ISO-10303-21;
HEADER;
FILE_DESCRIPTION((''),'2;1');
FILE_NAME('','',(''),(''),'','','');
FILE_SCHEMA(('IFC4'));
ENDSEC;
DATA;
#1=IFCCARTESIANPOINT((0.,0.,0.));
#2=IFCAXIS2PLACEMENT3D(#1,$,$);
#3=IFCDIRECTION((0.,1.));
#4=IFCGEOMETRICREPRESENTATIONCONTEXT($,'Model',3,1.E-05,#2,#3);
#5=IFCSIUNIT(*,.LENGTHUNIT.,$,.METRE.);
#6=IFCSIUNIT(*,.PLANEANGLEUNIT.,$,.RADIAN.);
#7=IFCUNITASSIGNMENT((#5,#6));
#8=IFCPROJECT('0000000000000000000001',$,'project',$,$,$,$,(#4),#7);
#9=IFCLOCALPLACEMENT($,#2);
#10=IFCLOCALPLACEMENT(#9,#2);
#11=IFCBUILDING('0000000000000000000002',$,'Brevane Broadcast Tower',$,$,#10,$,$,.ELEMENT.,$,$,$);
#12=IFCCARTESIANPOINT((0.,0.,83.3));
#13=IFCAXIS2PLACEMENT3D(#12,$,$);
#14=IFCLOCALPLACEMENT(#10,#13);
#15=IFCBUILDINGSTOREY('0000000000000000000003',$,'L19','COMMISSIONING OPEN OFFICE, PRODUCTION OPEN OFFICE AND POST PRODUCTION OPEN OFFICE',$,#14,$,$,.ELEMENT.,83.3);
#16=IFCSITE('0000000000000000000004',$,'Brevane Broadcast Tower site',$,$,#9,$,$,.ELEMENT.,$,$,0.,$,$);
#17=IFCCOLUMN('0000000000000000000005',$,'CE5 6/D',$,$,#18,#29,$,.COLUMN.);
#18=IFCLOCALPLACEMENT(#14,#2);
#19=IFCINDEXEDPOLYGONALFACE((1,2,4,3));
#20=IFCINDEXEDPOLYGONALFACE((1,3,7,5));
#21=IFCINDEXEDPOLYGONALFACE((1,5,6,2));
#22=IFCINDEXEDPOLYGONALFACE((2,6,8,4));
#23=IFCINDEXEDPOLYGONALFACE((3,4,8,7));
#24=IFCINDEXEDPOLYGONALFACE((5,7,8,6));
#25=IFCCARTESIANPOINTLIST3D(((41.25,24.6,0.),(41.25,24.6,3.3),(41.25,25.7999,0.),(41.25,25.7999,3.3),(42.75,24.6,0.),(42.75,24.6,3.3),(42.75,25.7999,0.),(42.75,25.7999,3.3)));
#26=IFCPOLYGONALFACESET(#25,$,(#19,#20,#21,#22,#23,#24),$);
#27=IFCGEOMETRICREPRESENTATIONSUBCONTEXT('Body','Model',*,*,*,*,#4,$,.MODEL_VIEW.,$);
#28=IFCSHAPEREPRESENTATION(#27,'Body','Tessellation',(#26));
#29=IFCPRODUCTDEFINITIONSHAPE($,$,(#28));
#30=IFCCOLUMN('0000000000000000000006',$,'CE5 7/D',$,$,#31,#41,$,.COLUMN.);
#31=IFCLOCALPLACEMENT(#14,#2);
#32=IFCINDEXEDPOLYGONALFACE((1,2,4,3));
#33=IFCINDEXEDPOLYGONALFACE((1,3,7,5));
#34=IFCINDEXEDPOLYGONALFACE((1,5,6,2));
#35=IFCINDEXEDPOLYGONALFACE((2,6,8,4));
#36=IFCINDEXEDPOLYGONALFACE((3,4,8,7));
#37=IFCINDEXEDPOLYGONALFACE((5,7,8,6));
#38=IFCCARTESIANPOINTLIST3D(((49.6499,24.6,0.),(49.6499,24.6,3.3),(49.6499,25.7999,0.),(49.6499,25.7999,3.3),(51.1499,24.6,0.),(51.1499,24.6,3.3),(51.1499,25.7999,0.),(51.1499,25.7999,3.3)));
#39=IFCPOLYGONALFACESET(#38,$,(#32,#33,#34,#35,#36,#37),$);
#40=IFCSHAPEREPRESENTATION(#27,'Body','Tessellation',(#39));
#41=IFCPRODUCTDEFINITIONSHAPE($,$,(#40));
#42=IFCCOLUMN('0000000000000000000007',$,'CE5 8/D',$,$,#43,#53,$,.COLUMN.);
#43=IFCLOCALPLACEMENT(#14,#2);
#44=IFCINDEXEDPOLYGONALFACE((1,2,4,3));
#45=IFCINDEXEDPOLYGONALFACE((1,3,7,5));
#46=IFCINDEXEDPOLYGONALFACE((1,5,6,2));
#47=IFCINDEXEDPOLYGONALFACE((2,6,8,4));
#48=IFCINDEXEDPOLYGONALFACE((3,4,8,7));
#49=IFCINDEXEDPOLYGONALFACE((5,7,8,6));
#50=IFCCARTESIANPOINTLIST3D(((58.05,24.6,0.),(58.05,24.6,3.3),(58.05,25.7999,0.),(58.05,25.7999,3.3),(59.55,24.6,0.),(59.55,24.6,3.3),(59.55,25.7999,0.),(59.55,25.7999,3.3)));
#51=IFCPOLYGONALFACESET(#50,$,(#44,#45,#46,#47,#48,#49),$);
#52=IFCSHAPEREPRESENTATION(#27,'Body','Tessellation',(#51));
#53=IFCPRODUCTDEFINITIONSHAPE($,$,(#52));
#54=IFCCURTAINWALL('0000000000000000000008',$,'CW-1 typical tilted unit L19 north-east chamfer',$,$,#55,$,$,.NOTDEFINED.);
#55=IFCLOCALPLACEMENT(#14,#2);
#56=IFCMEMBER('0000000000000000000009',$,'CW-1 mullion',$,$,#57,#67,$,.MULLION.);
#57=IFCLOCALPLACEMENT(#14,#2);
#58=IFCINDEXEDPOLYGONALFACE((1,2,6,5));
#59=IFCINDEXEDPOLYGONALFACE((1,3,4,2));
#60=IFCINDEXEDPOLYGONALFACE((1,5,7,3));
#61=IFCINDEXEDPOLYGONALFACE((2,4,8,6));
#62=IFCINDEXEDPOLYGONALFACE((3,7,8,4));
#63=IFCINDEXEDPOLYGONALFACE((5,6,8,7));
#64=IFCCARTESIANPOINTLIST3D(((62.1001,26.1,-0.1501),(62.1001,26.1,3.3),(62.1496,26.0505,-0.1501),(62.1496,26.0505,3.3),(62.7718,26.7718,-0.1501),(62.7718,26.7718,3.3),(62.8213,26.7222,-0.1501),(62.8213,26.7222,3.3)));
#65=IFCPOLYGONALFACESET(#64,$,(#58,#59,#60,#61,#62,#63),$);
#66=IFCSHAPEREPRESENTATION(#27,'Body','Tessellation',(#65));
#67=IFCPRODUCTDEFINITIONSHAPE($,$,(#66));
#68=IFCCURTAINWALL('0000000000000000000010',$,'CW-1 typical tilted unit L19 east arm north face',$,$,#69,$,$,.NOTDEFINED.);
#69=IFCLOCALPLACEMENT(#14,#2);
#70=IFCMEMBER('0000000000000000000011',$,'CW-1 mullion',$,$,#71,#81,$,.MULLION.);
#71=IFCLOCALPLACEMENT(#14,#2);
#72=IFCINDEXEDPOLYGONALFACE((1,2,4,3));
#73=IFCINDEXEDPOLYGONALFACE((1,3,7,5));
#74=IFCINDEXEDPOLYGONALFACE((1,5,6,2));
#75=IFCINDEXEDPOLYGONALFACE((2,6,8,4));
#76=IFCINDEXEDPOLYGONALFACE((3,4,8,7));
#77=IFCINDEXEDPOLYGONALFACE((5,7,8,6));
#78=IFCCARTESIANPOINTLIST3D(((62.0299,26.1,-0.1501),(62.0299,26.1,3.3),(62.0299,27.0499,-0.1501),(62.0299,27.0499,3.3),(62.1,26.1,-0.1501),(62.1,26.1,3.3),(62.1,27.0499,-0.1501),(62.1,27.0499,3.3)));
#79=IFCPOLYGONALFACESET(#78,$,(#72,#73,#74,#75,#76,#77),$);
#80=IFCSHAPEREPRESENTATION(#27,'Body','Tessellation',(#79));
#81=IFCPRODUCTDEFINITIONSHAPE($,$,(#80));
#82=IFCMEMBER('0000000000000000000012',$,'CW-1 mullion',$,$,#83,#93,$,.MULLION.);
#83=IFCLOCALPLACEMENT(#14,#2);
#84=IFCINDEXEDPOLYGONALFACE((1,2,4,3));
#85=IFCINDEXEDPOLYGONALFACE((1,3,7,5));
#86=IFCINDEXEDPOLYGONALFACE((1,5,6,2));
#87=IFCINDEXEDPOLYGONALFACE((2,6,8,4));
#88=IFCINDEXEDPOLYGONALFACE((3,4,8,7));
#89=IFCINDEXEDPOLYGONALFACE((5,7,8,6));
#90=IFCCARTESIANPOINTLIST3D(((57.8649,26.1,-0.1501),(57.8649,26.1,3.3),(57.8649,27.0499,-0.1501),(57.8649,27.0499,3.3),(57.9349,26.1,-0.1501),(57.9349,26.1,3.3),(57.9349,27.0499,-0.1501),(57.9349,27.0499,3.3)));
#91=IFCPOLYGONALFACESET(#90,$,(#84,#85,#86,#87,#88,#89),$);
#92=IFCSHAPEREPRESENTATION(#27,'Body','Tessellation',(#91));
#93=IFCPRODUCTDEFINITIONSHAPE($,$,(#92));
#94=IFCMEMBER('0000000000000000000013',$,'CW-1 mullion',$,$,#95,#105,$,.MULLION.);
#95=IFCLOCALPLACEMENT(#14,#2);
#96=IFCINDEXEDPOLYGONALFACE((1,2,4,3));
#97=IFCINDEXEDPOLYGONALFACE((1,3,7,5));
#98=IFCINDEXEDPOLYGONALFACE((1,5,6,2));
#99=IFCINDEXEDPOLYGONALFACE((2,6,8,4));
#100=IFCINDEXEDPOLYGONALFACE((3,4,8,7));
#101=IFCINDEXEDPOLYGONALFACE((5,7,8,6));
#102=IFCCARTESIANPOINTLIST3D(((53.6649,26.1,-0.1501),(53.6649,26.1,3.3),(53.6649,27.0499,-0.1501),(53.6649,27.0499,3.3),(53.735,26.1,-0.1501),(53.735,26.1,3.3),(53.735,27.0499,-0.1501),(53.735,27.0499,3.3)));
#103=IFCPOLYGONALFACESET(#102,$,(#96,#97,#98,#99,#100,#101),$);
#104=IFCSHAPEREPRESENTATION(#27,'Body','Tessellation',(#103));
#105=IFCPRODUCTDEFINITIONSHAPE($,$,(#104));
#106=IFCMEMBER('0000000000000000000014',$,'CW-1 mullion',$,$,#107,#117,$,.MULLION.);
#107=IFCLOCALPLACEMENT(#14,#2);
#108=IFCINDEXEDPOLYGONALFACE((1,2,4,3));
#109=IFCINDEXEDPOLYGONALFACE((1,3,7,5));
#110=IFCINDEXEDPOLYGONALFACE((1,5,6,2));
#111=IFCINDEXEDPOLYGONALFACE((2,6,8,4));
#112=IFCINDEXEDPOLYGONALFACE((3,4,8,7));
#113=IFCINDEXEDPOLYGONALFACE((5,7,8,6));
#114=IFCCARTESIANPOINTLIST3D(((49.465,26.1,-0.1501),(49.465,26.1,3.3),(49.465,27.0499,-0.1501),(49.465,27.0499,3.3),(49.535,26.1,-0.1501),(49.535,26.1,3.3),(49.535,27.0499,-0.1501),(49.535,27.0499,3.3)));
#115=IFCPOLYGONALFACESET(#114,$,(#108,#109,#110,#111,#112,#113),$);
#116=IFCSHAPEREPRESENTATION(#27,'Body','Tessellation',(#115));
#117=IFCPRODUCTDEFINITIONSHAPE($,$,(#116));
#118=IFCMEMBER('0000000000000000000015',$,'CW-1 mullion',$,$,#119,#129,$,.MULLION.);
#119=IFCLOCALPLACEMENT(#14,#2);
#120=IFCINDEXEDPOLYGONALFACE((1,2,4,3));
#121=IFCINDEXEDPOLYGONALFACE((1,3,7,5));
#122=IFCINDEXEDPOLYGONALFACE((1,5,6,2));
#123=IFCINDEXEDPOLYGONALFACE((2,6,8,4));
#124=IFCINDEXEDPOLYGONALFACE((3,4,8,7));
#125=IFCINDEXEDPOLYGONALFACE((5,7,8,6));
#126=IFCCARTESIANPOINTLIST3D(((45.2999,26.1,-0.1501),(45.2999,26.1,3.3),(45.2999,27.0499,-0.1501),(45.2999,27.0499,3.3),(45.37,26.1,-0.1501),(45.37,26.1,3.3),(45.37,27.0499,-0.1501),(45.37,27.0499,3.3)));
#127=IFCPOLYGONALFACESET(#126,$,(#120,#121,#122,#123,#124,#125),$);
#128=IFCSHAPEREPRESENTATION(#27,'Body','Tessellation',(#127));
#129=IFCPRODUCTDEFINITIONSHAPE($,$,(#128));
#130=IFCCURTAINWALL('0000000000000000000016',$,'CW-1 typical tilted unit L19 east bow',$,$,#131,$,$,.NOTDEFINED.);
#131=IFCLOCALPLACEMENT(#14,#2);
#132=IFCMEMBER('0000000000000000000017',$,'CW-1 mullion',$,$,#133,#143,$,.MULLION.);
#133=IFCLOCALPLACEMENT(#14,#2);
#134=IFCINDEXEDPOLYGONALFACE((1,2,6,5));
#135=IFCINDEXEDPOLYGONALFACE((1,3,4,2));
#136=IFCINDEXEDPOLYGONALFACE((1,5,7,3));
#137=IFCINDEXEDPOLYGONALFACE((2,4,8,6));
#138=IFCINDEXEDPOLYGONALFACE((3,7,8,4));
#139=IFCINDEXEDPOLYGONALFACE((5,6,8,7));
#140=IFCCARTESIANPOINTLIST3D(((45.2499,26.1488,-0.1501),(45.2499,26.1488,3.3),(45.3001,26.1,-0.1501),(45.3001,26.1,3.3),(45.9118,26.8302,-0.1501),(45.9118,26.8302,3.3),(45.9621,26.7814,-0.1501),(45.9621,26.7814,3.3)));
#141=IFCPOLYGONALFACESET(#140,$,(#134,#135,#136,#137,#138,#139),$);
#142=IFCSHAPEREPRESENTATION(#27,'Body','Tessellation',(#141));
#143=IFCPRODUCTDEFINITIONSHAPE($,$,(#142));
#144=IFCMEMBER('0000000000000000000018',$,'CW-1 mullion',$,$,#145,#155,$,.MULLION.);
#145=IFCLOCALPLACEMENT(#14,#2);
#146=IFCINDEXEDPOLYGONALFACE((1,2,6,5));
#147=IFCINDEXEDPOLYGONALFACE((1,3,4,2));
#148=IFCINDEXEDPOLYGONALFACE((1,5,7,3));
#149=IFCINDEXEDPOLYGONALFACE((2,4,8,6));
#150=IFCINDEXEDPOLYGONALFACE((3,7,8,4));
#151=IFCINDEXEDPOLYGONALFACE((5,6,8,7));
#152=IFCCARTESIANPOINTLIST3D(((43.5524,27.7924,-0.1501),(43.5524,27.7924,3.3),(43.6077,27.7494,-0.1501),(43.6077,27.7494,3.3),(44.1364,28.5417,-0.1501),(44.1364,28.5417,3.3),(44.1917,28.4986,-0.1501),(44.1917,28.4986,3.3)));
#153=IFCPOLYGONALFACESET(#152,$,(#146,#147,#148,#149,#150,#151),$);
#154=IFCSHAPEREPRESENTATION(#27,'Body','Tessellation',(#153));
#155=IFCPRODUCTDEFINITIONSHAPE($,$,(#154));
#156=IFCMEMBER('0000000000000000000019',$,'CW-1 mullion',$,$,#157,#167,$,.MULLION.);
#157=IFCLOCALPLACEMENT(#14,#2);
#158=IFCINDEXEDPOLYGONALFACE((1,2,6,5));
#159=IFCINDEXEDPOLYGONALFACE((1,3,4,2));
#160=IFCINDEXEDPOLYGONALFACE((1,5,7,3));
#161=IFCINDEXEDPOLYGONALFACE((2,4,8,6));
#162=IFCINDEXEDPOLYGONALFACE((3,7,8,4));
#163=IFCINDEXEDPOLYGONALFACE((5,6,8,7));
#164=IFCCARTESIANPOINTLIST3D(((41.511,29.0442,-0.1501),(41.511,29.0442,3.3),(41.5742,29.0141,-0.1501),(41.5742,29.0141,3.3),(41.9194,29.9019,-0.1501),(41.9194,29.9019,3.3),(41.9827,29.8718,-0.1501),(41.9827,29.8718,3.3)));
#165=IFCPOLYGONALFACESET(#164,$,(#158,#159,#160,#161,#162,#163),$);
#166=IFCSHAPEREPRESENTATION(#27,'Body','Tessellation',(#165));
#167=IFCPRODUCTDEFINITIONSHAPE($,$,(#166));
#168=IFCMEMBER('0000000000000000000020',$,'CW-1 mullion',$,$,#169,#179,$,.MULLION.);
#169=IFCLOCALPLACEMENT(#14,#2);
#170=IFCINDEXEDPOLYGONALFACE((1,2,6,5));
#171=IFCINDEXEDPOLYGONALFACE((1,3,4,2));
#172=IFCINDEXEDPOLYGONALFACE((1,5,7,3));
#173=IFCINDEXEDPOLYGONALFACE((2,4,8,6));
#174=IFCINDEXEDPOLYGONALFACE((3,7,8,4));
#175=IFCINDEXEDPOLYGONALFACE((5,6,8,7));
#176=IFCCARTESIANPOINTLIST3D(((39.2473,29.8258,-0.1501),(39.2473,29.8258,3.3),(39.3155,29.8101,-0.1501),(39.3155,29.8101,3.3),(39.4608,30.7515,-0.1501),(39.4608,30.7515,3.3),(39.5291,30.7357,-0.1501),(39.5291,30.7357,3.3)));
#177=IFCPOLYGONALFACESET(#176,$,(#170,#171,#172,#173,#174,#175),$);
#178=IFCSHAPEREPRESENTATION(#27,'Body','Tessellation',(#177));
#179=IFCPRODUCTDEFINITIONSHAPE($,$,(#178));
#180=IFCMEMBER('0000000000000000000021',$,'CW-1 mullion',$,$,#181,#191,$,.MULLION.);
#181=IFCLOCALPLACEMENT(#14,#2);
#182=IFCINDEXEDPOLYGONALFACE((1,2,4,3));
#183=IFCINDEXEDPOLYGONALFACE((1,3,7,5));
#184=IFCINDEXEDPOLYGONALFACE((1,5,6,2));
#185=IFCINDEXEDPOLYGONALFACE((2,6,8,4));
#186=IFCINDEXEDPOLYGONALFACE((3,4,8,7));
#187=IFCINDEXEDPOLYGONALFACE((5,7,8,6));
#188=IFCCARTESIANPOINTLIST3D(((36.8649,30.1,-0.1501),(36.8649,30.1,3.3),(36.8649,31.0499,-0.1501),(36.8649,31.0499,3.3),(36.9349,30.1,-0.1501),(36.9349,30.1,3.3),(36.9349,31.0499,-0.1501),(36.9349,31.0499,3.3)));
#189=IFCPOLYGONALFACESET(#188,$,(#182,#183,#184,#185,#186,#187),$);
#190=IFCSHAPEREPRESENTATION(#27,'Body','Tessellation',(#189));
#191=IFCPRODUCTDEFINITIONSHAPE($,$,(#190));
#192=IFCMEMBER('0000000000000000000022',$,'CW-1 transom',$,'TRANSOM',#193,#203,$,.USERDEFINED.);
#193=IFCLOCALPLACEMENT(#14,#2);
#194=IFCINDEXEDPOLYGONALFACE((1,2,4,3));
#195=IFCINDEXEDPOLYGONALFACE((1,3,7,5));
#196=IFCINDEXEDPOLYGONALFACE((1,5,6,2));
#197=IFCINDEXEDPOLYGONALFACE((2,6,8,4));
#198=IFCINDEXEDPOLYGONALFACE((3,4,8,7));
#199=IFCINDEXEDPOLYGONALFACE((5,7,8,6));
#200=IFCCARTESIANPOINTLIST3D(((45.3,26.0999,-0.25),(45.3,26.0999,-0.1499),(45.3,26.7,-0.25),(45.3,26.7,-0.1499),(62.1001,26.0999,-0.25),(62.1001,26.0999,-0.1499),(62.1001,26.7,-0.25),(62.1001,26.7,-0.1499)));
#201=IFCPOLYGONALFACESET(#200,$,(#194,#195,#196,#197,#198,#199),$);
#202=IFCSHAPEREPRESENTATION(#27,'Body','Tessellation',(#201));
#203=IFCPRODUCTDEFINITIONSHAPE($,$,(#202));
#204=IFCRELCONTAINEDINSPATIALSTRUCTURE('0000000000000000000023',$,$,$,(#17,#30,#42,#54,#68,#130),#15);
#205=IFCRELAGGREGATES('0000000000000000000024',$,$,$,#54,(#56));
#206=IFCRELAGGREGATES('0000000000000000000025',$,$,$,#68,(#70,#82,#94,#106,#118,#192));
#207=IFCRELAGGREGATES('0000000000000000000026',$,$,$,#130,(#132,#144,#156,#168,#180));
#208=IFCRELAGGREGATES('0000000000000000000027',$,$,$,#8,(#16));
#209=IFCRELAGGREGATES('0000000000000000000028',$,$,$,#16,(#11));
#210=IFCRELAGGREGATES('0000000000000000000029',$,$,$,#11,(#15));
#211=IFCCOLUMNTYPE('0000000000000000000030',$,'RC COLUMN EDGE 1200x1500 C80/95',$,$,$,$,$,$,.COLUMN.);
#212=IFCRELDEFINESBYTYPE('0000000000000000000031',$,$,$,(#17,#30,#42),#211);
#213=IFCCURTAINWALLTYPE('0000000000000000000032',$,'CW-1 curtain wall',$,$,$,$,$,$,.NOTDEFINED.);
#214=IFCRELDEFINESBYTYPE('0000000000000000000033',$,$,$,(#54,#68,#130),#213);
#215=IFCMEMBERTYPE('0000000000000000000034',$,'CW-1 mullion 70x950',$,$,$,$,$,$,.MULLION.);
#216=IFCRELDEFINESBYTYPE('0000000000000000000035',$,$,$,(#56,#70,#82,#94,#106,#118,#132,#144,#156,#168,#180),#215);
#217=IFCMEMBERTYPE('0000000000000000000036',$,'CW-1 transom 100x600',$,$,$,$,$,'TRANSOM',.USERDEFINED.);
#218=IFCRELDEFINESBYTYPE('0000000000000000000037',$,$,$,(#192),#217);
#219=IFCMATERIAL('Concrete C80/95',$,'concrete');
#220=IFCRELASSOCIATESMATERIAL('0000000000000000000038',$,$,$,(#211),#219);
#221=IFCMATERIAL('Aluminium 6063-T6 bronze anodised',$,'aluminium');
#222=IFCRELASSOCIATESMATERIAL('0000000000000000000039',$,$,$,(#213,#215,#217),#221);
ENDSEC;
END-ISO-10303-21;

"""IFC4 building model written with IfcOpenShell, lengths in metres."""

from ifc_helpers import new_model, si_unit, direction, frame, origin, origin_2d, place, context, subcontext, project, spatial, rectangle, extrude, material, material_profile, profile_set, type_object, element, aggregate, save


model = new_model("IFC4")

# Units and contexts
model_context = context("Model", 3, precision=1e-05, world=origin(), true_north=direction((0.0, 1.0)))
body_context = subcontext(model_context, "Body", "Model", "MODEL_VIEW")
ifc_project = project(units=[si_unit("LENGTHUNIT", "METRE"), si_unit("PLANEANGLEUNIT", "RADIAN")], contexts=[model_context])

# Site, building, storey
site_placement = place(None, origin())
site = spatial("IfcSite", under=ifc_project, at=site_placement, Name="Brevane Broadcast Tower site", CompositionType="ELEMENT", RefElevation=0.0)
building_placement = place(site_placement, origin())
building = spatial("IfcBuilding", under=site, at=building_placement, Name="Brevane Broadcast Tower", CompositionType="ELEMENT")
storey_placement = place(building_placement, frame((0.0, 0.0, 83.3)))
storey = spatial("IfcBuildingStorey", under=building, at=storey_placement, Name="L19", Description="COMMISSIONING OPEN OFFICE, PRODUCTION OPEN OFFICE AND POST PRODUCTION OPEN OFFICE", CompositionType="ELEMENT", Elevation=83.3)

# Columns
ifc_material_1 = material(Name="Concrete C80/95", Category="concrete")
ifc_material_profile_1 = material_profile(ifc_material_1, rectangle(XDim=1.2, YDim=1.5, at=origin_2d()), Name="RC 1200x1500")
ifc_profile_set_1 = profile_set([ifc_material_profile_1], Name="Concrete C80/95")
column_type = type_object("IfcColumnType", Name="RC COLUMN EDGE 1200x1500 C80/95", PredefinedType="COLUMN", material=ifc_profile_set_1)
for number, where, z_axis, x_axis, name in (
    (1, (42.0, 25.2, 0.0), (0.0, 0.0, 1.0), (0.0, 1.0, 0.0), "CE5 6/D"),
    (2, (50.3999, 25.2, 0.0), (0.0, 0.0, 1.0), (0.0, 1.0, 0.0), "CE5 7/D"),
    (3, (58.8, 25.2, 0.0), (0.0, 0.0, 1.0), (0.0, 1.0, 0.0), "CE5 8/D"),
):
    element("IfcColumn", number, at=place(storey_placement, frame(where, z_axis=z_axis, x_axis=x_axis)), inside=storey, type_object=column_type, Name=name, PredefinedType="COLUMN", context=body_context, shape_type="SweptSolid", body=[
        extrude(rectangle(XDim=1.2, YDim=1.5, at=origin_2d()), origin(), (0.0, 0.0, 1.0), 3.3),
    ])

# Curtain wall, member
ifc_material_2 = material(Name="Aluminium 6063-T6 bronze anodised", Category="aluminium")
curtain_wall_type = type_object("IfcCurtainWallType", Name="CW-1 curtain wall", PredefinedType="NOTDEFINED", material=ifc_material_2)
curtain_wall_1_placement = place(storey_placement, origin())
curtain_wall_1 = element("IfcCurtainWall", 4, at=curtain_wall_1_placement, inside=storey, type_object=curtain_wall_type, Name="CW-1 typical tilted unit L19 north-east chamfer", PredefinedType="NOTDEFINED")
ifc_material_profile_2 = material_profile(ifc_material_2, rectangle(XDim=0.95, YDim=0.0701, at=origin_2d()), Name="RECT 70x950")
ifc_profile_set_2 = profile_set([ifc_material_profile_2], Name="Aluminium 6063-T6 bronze anodised")
member_type_1 = type_object("IfcMemberType", Name="CW-1 mullion 70x950", PredefinedType="MULLION", material=ifc_profile_set_2)
member_1_placement = place(storey_placement, frame((62.4607, 26.4111, -0.1501), z_axis=(0.0, 0.0, 1.0), x_axis=(-0.707107, -0.707107, 0.0)))
member_1 = element("IfcMember", 5, at=member_1_placement, type_object=member_type_1, Name="CW-1 mullion", PredefinedType="MULLION", context=body_context, shape_type="SweptSolid", body=[
    extrude(rectangle(XDim=0.95, YDim=0.0701, at=origin_2d()), origin(), (0.0, 0.0, 1.0), 3.4502),
])
aggregate(curtain_wall_1, [member_1])

# Curtain walls, members
curtain_wall_2_placement = place(storey_placement, origin())
curtain_wall_2 = element("IfcCurtainWall", 6, at=curtain_wall_2_placement, inside=storey, type_object=curtain_wall_type, Name="CW-1 typical tilted unit L19 east arm north face", PredefinedType="NOTDEFINED")
member_2_placement = place(storey_placement, frame((62.0649, 26.575, -0.1501), z_axis=(0.0, 0.0, 1.0), x_axis=(0.0, -1.0, 0.0)))
member_2 = element("IfcMember", 7, at=member_2_placement, type_object=member_type_1, Name="CW-1 mullion", PredefinedType="MULLION", context=body_context, shape_type="SweptSolid", body=[
    extrude(rectangle(XDim=0.95, YDim=0.0701, at=origin_2d()), origin(), (0.0, 0.0, 1.0), 3.4502),
])
member_3_placement = place(storey_placement, frame((57.8999, 26.575, -0.1501), z_axis=(0.0, 0.0, 1.0), x_axis=(0.0, -1.0, 0.0)))
member_3 = element("IfcMember", 8, at=member_3_placement, type_object=member_type_1, Name="CW-1 mullion", PredefinedType="MULLION", context=body_context, shape_type="SweptSolid", body=[
    extrude(rectangle(XDim=0.95, YDim=0.0701, at=origin_2d()), origin(), (0.0, 0.0, 1.0), 3.4502),
])
member_4_placement = place(storey_placement, frame((53.7, 26.575, -0.1501), z_axis=(0.0, 0.0, 1.0), x_axis=(0.0, -1.0, 0.0)))
member_4 = element("IfcMember", 9, at=member_4_placement, type_object=member_type_1, Name="CW-1 mullion", PredefinedType="MULLION", context=body_context, shape_type="SweptSolid", body=[
    extrude(rectangle(XDim=0.95, YDim=0.0701, at=origin_2d()), origin(), (0.0, 0.0, 1.0), 3.4502),
])
member_5_placement = place(storey_placement, frame((49.5, 26.575, -0.1501), z_axis=(0.0, 0.0, 1.0), x_axis=(0.0, -1.0, 0.0)))
member_5 = element("IfcMember", 10, at=member_5_placement, type_object=member_type_1, Name="CW-1 mullion", PredefinedType="MULLION", context=body_context, shape_type="SweptSolid", body=[
    extrude(rectangle(XDim=0.95, YDim=0.0701, at=origin_2d()), origin(), (0.0, 0.0, 1.0), 3.4502),
])
member_6_placement = place(storey_placement, frame((45.335, 26.575, -0.1501), z_axis=(0.0, 0.0, 1.0), x_axis=(0.0, -1.0, 0.0)))
member_6 = element("IfcMember", 11, at=member_6_placement, type_object=member_type_1, Name="CW-1 mullion", PredefinedType="MULLION", context=body_context, shape_type="SweptSolid", body=[
    extrude(rectangle(XDim=0.95, YDim=0.0701, at=origin_2d()), origin(), (0.0, 0.0, 1.0), 3.4502),
])
curtain_wall_3_placement = place(storey_placement, origin())
curtain_wall_3 = element("IfcCurtainWall", 12, at=curtain_wall_3_placement, inside=storey, type_object=curtain_wall_type, Name="CW-1 typical tilted unit L19 east bow", PredefinedType="NOTDEFINED")
member_7_placement = place(storey_placement, frame((45.606, 26.4651, -0.1501), z_axis=(0.0, 0.0, 1.0), x_axis=(-0.696812, -0.717254, 0.0)))
member_7 = element("IfcMember", 13, at=member_7_placement, type_object=member_type_1, Name="CW-1 mullion", PredefinedType="MULLION", context=body_context, shape_type="SweptSolid", body=[
    extrude(rectangle(XDim=0.95, YDim=0.0701, at=origin_2d()), origin(), (0.0, 0.0, 1.0), 3.4502),
])
member_8_placement = place(storey_placement, frame((43.8721, 28.1455, -0.1501), z_axis=(0.0, 0.0, 1.0), x_axis=(-0.61477, -0.788707, 0.0)))
member_8 = element("IfcMember", 14, at=member_8_placement, type_object=member_type_1, Name="CW-1 mullion", PredefinedType="MULLION", context=body_context, shape_type="SweptSolid", body=[
    extrude(rectangle(XDim=0.95, YDim=0.0701, at=origin_2d()), origin(), (0.0, 0.0, 1.0), 3.4502),
])
member_9_placement = place(storey_placement, frame((41.7468, 29.458, -0.1501), z_axis=(0.0, 0.0, 1.0), x_axis=(-0.429934, -0.902861, 0.0)))
member_9 = element("IfcMember", 15, at=member_9_placement, type_object=member_type_1, Name="CW-1 mullion", PredefinedType="MULLION", context=body_context, shape_type="SweptSolid", body=[
    extrude(rectangle(XDim=0.95, YDim=0.0701, at=origin_2d()), origin(), (0.0, 0.0, 1.0), 3.4502),
])
member_10_placement = place(storey_placement, frame((39.3882, 30.2808, -0.1501), z_axis=(0.0, 0.0, 1.0), x_axis=(-0.224806, -0.974403, 0.0)))
member_10 = element("IfcMember", 16, at=member_10_placement, type_object=member_type_1, Name="CW-1 mullion", PredefinedType="MULLION", context=body_context, shape_type="SweptSolid", body=[
    extrude(rectangle(XDim=0.95, YDim=0.0701, at=origin_2d()), origin(), (0.0, 0.0, 1.0), 3.4502),
])
member_11_placement = place(storey_placement, frame((36.8999, 30.575, -0.1501), z_axis=(0.0, 0.0, 1.0), x_axis=(0.0, -1.0, 0.0)))
member_11 = element("IfcMember", 17, at=member_11_placement, type_object=member_type_1, Name="CW-1 mullion", PredefinedType="MULLION", context=body_context, shape_type="SweptSolid", body=[
    extrude(rectangle(XDim=0.95, YDim=0.0701, at=origin_2d()), origin(), (0.0, 0.0, 1.0), 3.4502),
])

# Member
ifc_material_profile_3 = material_profile(ifc_material_2, rectangle(XDim=0.6001, YDim=0.1001, at=origin_2d()), Name="RECT 100x600")
ifc_profile_set_3 = profile_set([ifc_material_profile_3], Name="Aluminium 6063-T6 bronze anodised")
member_type_2 = type_object("IfcMemberType", Name="CW-1 transom 100x600", ElementType="TRANSOM", PredefinedType="USERDEFINED", material=ifc_profile_set_3)
member_12_placement = place(storey_placement, frame((62.1001, 26.3999, -0.2), z_axis=(-1.0, 0.0, 0.0), x_axis=(0.0, -1.0, 0.0)))
member_12 = element("IfcMember", 18, at=member_12_placement, type_object=member_type_2, Name="CW-1 transom", ObjectType="TRANSOM", PredefinedType="USERDEFINED", context=body_context, shape_type="SweptSolid", body=[
    extrude(rectangle(XDim=0.6001, YDim=0.1001, at=origin_2d()), origin(), (0.0, 0.0, 1.0), 16.8),
])
aggregate(curtain_wall_2, [member_2, member_3, member_4, member_5, member_6, member_12])
aggregate(curtain_wall_3, [member_7, member_8, member_9, member_10, member_11])

save(model, "model.ifc")
